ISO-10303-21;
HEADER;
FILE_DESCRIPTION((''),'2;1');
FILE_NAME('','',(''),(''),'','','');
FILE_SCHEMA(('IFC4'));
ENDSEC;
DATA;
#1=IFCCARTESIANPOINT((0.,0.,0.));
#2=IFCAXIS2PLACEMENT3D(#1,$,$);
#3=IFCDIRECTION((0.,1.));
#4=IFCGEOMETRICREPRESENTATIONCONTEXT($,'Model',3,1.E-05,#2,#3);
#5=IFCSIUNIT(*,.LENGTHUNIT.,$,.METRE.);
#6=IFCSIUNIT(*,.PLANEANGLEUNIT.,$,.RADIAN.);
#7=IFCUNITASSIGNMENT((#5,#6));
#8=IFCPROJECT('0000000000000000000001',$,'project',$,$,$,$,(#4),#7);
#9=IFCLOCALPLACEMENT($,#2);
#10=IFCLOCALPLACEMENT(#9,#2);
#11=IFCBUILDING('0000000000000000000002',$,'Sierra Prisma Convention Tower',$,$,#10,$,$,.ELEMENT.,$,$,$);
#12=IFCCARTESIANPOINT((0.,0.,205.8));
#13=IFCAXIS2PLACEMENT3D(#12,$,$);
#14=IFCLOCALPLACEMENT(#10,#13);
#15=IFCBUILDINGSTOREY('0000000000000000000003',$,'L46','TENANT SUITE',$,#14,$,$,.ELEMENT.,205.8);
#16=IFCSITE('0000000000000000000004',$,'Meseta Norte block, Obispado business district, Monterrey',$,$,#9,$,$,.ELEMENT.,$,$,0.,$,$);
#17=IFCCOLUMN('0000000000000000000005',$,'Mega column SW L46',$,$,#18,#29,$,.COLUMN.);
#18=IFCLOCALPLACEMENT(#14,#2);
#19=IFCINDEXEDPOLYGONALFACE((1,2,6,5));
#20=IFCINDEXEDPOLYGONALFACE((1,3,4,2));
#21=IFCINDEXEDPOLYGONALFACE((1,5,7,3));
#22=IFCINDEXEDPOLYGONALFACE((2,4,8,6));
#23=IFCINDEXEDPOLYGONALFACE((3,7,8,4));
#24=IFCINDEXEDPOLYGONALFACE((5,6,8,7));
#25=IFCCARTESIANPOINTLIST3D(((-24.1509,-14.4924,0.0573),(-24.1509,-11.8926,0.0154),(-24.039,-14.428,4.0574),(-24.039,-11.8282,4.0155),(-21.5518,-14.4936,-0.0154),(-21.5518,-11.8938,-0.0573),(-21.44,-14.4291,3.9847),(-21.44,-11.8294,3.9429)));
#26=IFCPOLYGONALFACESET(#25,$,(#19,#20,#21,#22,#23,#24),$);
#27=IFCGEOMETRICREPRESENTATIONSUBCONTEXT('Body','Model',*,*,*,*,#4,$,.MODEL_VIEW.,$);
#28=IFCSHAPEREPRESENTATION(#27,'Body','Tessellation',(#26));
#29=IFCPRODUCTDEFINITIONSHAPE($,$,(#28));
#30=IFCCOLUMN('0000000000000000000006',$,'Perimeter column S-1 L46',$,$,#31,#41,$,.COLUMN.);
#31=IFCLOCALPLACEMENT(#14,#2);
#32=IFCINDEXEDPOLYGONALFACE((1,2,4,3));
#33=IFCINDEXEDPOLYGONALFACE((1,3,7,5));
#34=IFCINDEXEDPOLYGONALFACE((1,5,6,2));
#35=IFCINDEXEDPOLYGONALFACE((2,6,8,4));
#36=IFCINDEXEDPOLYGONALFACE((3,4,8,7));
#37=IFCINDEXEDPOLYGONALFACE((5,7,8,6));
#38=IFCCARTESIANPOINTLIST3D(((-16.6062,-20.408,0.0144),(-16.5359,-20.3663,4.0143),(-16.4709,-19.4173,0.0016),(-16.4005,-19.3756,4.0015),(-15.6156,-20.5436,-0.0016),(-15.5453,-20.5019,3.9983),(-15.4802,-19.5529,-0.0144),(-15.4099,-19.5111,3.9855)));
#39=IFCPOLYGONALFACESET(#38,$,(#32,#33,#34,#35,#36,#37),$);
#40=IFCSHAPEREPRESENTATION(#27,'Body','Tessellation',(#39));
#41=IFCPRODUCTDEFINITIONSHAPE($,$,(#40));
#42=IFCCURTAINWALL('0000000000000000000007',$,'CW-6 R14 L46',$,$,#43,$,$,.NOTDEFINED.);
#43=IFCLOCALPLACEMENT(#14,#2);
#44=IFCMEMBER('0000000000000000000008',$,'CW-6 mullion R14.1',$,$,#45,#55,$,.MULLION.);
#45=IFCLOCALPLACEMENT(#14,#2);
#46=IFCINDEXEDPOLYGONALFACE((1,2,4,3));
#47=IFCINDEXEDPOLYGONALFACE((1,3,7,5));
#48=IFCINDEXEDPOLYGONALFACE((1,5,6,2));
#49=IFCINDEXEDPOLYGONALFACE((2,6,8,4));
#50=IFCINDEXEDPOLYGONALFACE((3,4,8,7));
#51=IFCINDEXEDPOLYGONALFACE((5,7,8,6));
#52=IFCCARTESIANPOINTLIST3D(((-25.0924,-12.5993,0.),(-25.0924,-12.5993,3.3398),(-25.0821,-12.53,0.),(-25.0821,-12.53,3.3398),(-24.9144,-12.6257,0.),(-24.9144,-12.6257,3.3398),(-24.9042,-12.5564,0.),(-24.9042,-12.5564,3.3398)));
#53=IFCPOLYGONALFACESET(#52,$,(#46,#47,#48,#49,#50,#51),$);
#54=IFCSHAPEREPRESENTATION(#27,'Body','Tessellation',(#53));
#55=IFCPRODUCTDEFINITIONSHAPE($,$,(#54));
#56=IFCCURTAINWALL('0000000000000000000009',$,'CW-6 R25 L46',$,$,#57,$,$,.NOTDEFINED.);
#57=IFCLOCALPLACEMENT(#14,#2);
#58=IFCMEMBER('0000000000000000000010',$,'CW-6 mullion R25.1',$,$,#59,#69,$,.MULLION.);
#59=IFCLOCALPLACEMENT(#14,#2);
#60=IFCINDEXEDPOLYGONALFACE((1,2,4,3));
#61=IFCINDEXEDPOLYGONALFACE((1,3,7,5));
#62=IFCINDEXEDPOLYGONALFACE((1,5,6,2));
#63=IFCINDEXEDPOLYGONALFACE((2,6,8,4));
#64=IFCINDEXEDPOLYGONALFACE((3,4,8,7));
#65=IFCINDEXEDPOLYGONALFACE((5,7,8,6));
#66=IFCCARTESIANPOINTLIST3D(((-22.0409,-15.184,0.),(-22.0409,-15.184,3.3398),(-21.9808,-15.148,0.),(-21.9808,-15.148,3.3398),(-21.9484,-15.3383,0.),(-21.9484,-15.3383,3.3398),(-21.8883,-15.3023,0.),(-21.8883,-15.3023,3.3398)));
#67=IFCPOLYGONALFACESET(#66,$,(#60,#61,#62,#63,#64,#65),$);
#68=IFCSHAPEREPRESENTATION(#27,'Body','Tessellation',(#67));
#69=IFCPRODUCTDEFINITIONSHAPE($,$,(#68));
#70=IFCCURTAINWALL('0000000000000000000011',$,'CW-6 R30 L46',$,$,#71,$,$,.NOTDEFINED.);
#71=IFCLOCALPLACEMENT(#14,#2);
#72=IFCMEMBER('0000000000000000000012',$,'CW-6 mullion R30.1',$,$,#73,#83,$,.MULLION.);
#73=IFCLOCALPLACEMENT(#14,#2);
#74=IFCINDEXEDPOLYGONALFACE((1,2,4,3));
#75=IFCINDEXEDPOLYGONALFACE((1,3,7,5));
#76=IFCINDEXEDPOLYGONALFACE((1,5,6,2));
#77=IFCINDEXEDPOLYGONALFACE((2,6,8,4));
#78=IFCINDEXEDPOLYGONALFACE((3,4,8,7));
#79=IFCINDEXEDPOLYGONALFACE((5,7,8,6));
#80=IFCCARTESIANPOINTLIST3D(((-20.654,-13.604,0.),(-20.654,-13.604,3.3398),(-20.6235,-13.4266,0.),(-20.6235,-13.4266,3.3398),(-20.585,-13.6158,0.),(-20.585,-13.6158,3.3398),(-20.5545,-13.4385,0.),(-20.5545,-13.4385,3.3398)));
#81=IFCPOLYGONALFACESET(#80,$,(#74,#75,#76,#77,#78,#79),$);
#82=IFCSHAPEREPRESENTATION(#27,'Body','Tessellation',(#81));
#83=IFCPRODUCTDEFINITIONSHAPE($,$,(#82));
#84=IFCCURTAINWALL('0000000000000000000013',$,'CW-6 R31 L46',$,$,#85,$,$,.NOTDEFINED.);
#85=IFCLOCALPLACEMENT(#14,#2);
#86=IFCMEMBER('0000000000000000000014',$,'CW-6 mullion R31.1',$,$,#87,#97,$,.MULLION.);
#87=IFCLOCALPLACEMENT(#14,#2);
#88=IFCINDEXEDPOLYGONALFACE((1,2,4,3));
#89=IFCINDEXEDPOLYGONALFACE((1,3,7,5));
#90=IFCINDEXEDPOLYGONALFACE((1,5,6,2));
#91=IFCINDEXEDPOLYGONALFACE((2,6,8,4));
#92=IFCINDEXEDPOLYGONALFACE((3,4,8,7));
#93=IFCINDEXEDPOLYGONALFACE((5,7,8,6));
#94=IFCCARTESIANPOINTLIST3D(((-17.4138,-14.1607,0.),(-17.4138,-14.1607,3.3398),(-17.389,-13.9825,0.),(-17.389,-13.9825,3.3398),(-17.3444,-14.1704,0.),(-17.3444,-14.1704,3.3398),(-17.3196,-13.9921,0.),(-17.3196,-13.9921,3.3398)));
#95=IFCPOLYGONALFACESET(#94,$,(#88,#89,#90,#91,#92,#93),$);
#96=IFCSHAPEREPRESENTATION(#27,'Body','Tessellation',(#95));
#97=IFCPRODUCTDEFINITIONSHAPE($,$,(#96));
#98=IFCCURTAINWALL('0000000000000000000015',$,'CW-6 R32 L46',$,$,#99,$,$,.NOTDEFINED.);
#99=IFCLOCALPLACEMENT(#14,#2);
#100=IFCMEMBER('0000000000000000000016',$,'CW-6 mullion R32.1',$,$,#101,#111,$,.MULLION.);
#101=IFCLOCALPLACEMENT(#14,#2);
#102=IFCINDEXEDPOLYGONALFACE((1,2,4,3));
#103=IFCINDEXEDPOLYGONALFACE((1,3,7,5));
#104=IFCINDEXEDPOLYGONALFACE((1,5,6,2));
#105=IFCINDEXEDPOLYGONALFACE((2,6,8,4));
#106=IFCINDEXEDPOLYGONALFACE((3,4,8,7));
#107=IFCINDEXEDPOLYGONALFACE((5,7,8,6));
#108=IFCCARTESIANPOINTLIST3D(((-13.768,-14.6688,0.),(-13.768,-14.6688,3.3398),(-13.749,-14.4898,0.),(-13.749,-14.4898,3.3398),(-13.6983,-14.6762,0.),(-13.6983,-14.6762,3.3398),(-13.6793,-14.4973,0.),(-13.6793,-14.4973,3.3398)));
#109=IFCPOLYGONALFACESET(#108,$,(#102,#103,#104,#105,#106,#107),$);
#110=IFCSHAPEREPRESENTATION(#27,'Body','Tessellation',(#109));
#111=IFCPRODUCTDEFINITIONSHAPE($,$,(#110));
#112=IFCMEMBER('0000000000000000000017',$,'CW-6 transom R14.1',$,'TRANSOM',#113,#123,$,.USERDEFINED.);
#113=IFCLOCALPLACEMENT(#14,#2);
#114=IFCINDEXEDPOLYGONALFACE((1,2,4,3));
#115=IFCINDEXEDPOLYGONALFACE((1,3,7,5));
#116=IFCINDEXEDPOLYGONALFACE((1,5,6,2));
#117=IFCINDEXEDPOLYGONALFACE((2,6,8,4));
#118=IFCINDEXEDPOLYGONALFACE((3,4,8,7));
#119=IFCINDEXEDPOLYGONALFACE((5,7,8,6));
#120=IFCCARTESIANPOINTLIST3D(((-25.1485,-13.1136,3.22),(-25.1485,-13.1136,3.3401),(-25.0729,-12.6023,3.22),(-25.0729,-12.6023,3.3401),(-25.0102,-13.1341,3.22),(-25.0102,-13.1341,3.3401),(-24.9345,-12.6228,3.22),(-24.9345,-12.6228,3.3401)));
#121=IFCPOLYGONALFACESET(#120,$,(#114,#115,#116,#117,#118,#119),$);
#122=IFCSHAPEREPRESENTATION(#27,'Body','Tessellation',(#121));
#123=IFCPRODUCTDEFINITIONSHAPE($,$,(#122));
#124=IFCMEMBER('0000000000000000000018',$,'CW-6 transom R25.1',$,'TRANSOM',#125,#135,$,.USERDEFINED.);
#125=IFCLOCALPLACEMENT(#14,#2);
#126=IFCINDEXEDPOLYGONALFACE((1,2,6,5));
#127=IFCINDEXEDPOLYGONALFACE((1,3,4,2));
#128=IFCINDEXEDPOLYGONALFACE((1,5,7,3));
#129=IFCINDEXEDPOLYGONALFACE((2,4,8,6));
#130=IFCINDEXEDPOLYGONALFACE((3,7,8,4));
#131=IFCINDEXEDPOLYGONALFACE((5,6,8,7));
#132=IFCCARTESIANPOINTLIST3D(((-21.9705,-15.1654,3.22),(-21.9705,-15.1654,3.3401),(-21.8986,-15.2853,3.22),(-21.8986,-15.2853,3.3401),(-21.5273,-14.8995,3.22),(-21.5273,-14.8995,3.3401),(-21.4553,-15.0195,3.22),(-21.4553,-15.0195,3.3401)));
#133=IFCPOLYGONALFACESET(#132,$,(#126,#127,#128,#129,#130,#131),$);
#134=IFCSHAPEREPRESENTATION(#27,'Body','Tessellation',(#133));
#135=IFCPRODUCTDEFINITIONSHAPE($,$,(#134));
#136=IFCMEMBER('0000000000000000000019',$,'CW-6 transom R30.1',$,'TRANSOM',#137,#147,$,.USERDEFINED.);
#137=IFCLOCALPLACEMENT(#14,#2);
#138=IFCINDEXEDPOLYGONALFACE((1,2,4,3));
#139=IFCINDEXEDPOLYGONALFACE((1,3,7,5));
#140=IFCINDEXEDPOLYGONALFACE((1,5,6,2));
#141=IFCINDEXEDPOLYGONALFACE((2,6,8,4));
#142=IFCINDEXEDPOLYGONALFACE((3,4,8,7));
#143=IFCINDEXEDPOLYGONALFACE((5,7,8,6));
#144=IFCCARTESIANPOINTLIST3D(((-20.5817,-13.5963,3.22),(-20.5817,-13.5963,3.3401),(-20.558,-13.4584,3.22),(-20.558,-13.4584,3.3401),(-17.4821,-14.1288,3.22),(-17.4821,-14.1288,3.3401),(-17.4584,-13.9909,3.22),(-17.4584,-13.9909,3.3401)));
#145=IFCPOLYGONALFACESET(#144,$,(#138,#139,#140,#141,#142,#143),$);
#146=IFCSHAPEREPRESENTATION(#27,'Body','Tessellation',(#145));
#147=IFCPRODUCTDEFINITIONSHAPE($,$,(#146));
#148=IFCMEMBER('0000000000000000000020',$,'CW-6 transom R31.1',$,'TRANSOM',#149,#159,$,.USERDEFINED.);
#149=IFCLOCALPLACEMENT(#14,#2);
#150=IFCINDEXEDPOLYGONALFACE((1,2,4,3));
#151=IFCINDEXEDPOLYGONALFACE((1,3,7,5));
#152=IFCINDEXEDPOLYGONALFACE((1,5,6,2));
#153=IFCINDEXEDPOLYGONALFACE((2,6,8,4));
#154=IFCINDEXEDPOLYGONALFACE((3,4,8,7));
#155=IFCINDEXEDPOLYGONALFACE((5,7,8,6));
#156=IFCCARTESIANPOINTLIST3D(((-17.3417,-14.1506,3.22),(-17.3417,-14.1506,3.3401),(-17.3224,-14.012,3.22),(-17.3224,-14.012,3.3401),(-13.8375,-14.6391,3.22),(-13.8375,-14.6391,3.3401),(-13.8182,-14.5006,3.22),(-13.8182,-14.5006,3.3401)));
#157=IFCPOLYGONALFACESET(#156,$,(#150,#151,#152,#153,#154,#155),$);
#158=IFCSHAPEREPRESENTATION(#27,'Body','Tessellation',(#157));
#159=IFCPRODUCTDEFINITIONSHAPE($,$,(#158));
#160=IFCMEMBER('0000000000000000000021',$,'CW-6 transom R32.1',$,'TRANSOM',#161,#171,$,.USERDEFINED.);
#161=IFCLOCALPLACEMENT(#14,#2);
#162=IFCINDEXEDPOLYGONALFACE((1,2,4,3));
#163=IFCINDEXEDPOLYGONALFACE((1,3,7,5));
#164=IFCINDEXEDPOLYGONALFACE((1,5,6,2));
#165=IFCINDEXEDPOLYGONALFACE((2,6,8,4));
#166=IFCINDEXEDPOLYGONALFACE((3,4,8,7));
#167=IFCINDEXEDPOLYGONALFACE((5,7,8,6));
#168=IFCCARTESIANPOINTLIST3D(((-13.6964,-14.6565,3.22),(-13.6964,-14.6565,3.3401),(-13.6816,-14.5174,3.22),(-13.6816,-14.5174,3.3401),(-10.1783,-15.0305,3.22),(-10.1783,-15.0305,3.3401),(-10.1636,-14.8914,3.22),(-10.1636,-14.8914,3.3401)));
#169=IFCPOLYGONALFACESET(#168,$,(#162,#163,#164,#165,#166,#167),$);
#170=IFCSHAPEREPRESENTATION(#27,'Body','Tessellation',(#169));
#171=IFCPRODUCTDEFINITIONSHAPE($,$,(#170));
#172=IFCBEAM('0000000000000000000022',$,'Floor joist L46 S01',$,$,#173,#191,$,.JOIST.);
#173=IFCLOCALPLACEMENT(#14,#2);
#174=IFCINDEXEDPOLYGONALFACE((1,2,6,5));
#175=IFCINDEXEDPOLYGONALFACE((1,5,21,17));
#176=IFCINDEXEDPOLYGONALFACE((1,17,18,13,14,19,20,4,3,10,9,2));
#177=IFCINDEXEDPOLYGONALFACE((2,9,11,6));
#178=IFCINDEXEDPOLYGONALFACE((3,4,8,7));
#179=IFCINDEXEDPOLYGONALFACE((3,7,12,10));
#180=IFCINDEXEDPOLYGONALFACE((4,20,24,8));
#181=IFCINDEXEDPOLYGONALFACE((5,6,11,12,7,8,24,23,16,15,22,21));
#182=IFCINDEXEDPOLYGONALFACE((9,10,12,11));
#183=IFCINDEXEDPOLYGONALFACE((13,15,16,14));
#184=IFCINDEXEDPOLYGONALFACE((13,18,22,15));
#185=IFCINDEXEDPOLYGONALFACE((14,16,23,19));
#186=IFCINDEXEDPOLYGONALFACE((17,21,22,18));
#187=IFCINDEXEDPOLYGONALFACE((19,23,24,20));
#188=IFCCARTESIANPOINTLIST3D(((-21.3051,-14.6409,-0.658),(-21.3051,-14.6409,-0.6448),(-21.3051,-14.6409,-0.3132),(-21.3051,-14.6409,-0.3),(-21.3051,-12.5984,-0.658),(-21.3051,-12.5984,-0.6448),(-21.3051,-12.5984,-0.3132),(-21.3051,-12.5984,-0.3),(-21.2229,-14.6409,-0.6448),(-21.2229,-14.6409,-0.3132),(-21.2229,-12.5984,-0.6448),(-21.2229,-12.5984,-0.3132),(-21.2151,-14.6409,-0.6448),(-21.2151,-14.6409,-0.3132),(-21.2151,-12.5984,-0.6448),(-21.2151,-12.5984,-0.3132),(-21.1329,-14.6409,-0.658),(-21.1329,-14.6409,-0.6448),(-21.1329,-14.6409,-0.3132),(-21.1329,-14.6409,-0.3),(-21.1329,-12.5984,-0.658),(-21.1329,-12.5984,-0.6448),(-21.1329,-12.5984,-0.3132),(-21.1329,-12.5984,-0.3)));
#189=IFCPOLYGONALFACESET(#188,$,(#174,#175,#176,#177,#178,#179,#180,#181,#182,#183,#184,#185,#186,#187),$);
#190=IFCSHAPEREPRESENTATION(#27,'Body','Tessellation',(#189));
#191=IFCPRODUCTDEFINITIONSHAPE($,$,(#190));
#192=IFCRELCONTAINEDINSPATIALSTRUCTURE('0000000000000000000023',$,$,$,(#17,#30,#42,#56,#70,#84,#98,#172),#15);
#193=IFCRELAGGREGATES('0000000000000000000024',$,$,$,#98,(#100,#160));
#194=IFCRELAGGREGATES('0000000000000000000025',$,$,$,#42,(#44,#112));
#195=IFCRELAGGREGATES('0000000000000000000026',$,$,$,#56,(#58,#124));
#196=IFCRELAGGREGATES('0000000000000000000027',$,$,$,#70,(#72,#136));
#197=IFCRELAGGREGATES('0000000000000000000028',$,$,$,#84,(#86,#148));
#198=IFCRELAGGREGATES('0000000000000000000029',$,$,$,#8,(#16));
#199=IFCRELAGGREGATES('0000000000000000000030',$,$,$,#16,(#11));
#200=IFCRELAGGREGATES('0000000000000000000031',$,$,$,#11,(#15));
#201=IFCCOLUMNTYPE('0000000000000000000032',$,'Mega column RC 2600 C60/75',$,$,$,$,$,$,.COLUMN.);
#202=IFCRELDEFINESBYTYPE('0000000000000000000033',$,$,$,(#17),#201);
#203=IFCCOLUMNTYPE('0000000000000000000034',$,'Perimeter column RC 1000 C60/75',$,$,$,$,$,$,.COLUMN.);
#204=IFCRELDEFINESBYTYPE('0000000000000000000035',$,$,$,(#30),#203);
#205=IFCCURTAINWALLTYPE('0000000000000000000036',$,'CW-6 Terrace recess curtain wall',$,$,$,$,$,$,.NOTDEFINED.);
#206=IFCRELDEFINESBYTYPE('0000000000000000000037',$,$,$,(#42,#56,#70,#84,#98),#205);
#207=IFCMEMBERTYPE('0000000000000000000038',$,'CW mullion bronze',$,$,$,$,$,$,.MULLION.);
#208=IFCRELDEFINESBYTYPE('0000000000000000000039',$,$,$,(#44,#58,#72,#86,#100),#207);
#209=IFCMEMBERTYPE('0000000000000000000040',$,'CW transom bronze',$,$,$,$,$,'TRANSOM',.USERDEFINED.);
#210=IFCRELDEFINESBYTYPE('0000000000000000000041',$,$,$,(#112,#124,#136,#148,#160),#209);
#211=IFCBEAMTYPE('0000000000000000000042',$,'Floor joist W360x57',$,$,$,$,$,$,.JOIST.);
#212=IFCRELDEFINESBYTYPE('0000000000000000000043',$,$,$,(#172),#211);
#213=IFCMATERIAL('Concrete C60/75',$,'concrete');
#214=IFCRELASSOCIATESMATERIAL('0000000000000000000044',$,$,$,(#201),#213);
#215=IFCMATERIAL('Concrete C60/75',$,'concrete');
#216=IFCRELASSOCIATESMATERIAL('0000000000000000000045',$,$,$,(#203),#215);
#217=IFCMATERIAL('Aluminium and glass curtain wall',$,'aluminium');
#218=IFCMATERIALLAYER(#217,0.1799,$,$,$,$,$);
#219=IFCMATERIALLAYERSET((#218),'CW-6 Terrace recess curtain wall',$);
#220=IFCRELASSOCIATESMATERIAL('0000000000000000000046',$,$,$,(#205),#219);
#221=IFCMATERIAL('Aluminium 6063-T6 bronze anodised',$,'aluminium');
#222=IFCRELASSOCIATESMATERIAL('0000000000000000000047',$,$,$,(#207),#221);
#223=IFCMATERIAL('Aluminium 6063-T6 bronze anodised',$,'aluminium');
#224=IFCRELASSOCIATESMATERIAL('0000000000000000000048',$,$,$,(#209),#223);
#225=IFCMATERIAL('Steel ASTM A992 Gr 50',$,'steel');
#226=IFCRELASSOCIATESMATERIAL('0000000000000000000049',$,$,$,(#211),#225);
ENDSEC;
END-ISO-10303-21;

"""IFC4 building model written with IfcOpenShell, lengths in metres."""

from ifc_helpers import new_model, si_unit, direction, frame, origin, origin_2d, place, context, subcontext, project, spatial, rectangle, i_section, extrude, material, layer, layer_set, material_profile, profile_set, type_object, element, aggregate, save


model = new_model("IFC4")

# Units and contexts
model_context = context("Model", 3, precision=1e-05, world=origin(), true_north=direction((0.0, 1.0)))
body_context = subcontext(model_context, "Body", "Model", "MODEL_VIEW")
ifc_project = project(units=[si_unit("LENGTHUNIT", "METRE"), si_unit("PLANEANGLEUNIT", "RADIAN")], contexts=[model_context])

# Site, building, storey
site_placement = place(None, origin())
site = spatial("IfcSite", under=ifc_project, at=site_placement, Name="Meseta Norte block, Obispado business district, Monterrey", CompositionType="ELEMENT", RefElevation=0.0)
building_placement = place(site_placement, origin())
building = spatial("IfcBuilding", under=site, at=building_placement, Name="Sierra Prisma Convention Tower", CompositionType="ELEMENT")
storey_placement = place(building_placement, frame((0.0, 0.0, 205.8)))
storey = spatial("IfcBuildingStorey", under=building, at=storey_placement, Name="L46", Description="TENANT SUITE", CompositionType="ELEMENT", Elevation=205.8)

# Columns
ifc_material_1 = material(Name="Concrete C60/75", Category="concrete")
ifc_material_profile_1 = material_profile(ifc_material_1, rectangle(XDim=2.6001, YDim=2.6001, at=origin_2d()), Name="Mega column RC 2600 C60/75")
ifc_profile_set_1 = profile_set([ifc_material_profile_1], Name="Concrete C60/75")
column_type_1 = type_object("IfcColumnType", Name="Mega column RC 2600 C60/75", PredefinedType="COLUMN", material=ifc_profile_set_1)
column_1_placement = place(storey_placement, frame((-22.8513, -13.1931, 0.0), z_axis=(0.02794, 0.016105, 0.99948), x_axis=(0.99961, -0.00045, -0.027936)))
element("IfcColumn", 1, at=column_1_placement, inside=storey, type_object=column_type_1, Name="Mega column SW L46", PredefinedType="COLUMN", context=body_context, shape_type="SweptSolid", body=[
    extrude(rectangle(XDim=2.6001, YDim=2.6001, at=origin_2d()), origin(), (0.0, 0.0, 1.0), 4.0022),
])
ifc_material_2 = material(Name="Concrete C60/75", Category="concrete")
ifc_material_profile_2 = material_profile(ifc_material_2, rectangle(XDim=1.0, YDim=1.0, at=origin_2d()), Name="Perimeter column RC 1000 C60/75")
ifc_profile_set_2 = profile_set([ifc_material_profile_2], Name="Concrete C60/75")
column_type_2 = type_object("IfcColumnType", Name="Perimeter column RC 1000 C60/75", PredefinedType="COLUMN", material=ifc_profile_set_2)
column_2_placement = place(storey_placement, frame((-16.0432, -19.9805, 0.0), z_axis=(0.017574, 0.010435, 0.999791), x_axis=(-0.990641, 0.135554, 0.015999)))
element("IfcColumn", 2, at=column_2_placement, inside=storey, type_object=column_type_2, Name="Perimeter column S-1 L46", PredefinedType="COLUMN", context=body_context, shape_type="SweptSolid", body=[
    extrude(rectangle(XDim=1.0, YDim=1.0, at=origin_2d()), origin(), (0.0, 0.0, 1.0), 4.0007),
])

# Curtain walls, members
ifc_material_3 = material(Name="Aluminium and glass curtain wall", Category="aluminium")
ifc_layer_1 = layer(ifc_material_3, 0.1799)
ifc_layer_set_1 = layer_set([ifc_layer_1], Name="CW-6 Terrace recess curtain wall")
curtain_wall_type = type_object("IfcCurtainWallType", Name="CW-6 Terrace recess curtain wall", PredefinedType="NOTDEFINED", material=ifc_layer_set_1)
curtain_wall_1_placement = place(storey_placement, origin())
curtain_wall_1 = element("IfcCurtainWall", 3, at=curtain_wall_1_placement, inside=storey, type_object=curtain_wall_type, Name="CW-6 R14 L46", PredefinedType="NOTDEFINED")
ifc_material_4 = material(Name="Aluminium 6063-T6 bronze anodised", Category="aluminium")
ifc_material_profile_3 = material_profile(ifc_material_4, rectangle(XDim=0.1799, YDim=0.0701, at=origin_2d()), Name="ALU MULLION 70x180")
ifc_profile_set_3 = profile_set([ifc_material_profile_3], Name="Aluminium 6063-T6 bronze anodised")
member_type_1 = type_object("IfcMemberType", Name="CW mullion bronze", PredefinedType="MULLION", material=ifc_profile_set_3)
member_1_placement = place(storey_placement, frame((-24.9983, -12.5779, 0.0), z_axis=(0.0, 0.0, 1.0), x_axis=(0.989177, -0.14673, 0.0)))
member_1 = element("IfcMember", 4, at=member_1_placement, type_object=member_type_1, Name="CW-6 mullion R14.1", PredefinedType="MULLION", context=body_context, shape_type="SweptSolid", body=[
    extrude(rectangle(XDim=0.1799, YDim=0.0701, at=origin_2d()), origin(), (0.0, 0.0, 1.0), 3.3398),
])
curtain_wall_2_placement = place(storey_placement, origin())
curtain_wall_2 = element("IfcCurtainWall", 5, at=curtain_wall_2_placement, inside=storey, type_object=curtain_wall_type, Name="CW-6 R25 L46", PredefinedType="NOTDEFINED")
member_2_placement = place(storey_placement, frame((-21.9646, -15.2432, 0.0), z_axis=(0.0, 0.0, 1.0), x_axis=(-0.514103, 0.857729, 0.0)))
member_2 = element("IfcMember", 6, at=member_2_placement, type_object=member_type_1, Name="CW-6 mullion R25.1", PredefinedType="MULLION", context=body_context, shape_type="SweptSolid", body=[
    extrude(rectangle(XDim=0.1799, YDim=0.0701, at=origin_2d()), origin(), (0.0, 0.0, 1.0), 3.3398),
])
curtain_wall_3_placement = place(storey_placement, origin())
curtain_wall_3 = element("IfcCurtainWall", 7, at=curtain_wall_3_placement, inside=storey, type_object=curtain_wall_type, Name="CW-6 R30 L46", PredefinedType="NOTDEFINED")
member_3_placement = place(storey_placement, frame((-20.6042, -13.5212, 0.0), z_axis=(0.0, 0.0, 1.0), x_axis=(0.169311, 0.985563, 0.0)))
member_3 = element("IfcMember", 8, at=member_3_placement, type_object=member_type_1, Name="CW-6 mullion R30.1", PredefinedType="MULLION", context=body_context, shape_type="SweptSolid", body=[
    extrude(rectangle(XDim=0.1799, YDim=0.0701, at=origin_2d()), origin(), (0.0, 0.0, 1.0), 3.3398),
])
curtain_wall_4_placement = place(storey_placement, origin())
curtain_wall_4 = element("IfcCurtainWall", 9, at=curtain_wall_4_placement, inside=storey, type_object=curtain_wall_type, Name="CW-6 R31 L46", PredefinedType="NOTDEFINED")
member_4_placement = place(storey_placement, frame((-17.3667, -14.0764, 0.0), z_axis=(0.0, 0.0, 1.0), x_axis=(0.138071, 0.990422, 0.0)))
member_4 = element("IfcMember", 10, at=member_4_placement, type_object=member_type_1, Name="CW-6 mullion R31.1", PredefinedType="MULLION", context=body_context, shape_type="SweptSolid", body=[
    extrude(rectangle(XDim=0.1799, YDim=0.0701, at=origin_2d()), origin(), (0.0, 0.0, 1.0), 3.3398),
])
curtain_wall_5_placement = place(storey_placement, origin())
curtain_wall_5 = element("IfcCurtainWall", 11, at=curtain_wall_5_placement, inside=storey, type_object=curtain_wall_type, Name="CW-6 R32 L46", PredefinedType="NOTDEFINED")
member_5_placement = place(storey_placement, frame((-13.7236, -14.583, 0.0), z_axis=(0.0, 0.0, 1.0), x_axis=(0.105724, 0.994395, 0.0)))
member_5 = element("IfcMember", 12, at=member_5_placement, type_object=member_type_1, Name="CW-6 mullion R32.1", PredefinedType="MULLION", context=body_context, shape_type="SweptSolid", body=[
    extrude(rectangle(XDim=0.1799, YDim=0.0701, at=origin_2d()), origin(), (0.0, 0.0, 1.0), 3.3398),
])

# Members
ifc_material_5 = material(Name="Aluminium 6063-T6 bronze anodised", Category="aluminium")
ifc_material_profile_4 = material_profile(ifc_material_5, rectangle(XDim=0.1399, YDim=0.1201, at=origin_2d()), Name="ALU TRANSOM 120x140")
ifc_profile_set_4 = profile_set([ifc_material_profile_4], Name="Aluminium 6063-T6 bronze anodised")
member_type_2 = type_object("IfcMemberType", Name="CW transom bronze", ElementType="TRANSOM", PredefinedType="USERDEFINED", material=ifc_profile_set_4)
member_6_placement = place(storey_placement, frame((-25.0037, -12.6125, 3.28), z_axis=(-0.146446, -0.989219, 0.0), x_axis=(0.989219, -0.146446, 0.0)))
member_6 = element("IfcMember", 13, at=member_6_placement, type_object=member_type_2, Name="CW-6 transom R14.1", ObjectType="TRANSOM", PredefinedType="USERDEFINED", context=body_context, shape_type="SweptSolid", body=[
    extrude(rectangle(XDim=0.1399, YDim=0.1201, at=origin_2d()), origin(), (0.0, 0.0, 1.0), 0.5168),
])
member_7_placement = place(storey_placement, frame((-21.9346, -15.2253, 3.28), z_axis=(0.857618, 0.514287, 0.0), x_axis=(-0.514287, 0.857618, 0.0)))
member_7 = element("IfcMember", 14, at=member_7_placement, type_object=member_type_2, Name="CW-6 transom R25.1", ObjectType="TRANSOM", PredefinedType="USERDEFINED", context=body_context, shape_type="SweptSolid", body=[
    extrude(rectangle(XDim=0.1399, YDim=0.1201, at=origin_2d()), origin(), (0.0, 0.0, 1.0), 0.5168),
])
member_8_placement = place(storey_placement, frame((-20.5698, -13.5273, 3.28), z_axis=(0.985563, -0.169306, 0.0), x_axis=(0.169306, 0.985563, 0.0)))
member_8 = element("IfcMember", 15, at=member_8_placement, type_object=member_type_2, Name="CW-6 transom R30.1", ObjectType="TRANSOM", PredefinedType="USERDEFINED", context=body_context, shape_type="SweptSolid", body=[
    extrude(rectangle(XDim=0.1399, YDim=0.1201, at=origin_2d()), origin(), (0.0, 0.0, 1.0), 3.145),
])
member_9_placement = place(storey_placement, frame((-17.332, -14.0813, 3.28), z_axis=(0.990421, -0.138078, 0.0), x_axis=(0.138078, 0.990421, 0.0)))
member_9 = element("IfcMember", 16, at=member_9_placement, type_object=member_type_2, Name="CW-6 transom R31.1", ObjectType="TRANSOM", PredefinedType="USERDEFINED", context=body_context, shape_type="SweptSolid", body=[
    extrude(rectangle(XDim=0.1399, YDim=0.1201, at=origin_2d()), origin(), (0.0, 0.0, 1.0), 3.5381),
])
member_10_placement = place(storey_placement, frame((-13.689, -14.5869, 3.28), z_axis=(0.994396, -0.105719, 0.0), x_axis=(0.105719, 0.994396, 0.0)))
member_10 = element("IfcMember", 17, at=member_10_placement, type_object=member_type_2, Name="CW-6 transom R32.1", ObjectType="TRANSOM", PredefinedType="USERDEFINED", context=body_context, shape_type="SweptSolid", body=[
    extrude(rectangle(XDim=0.1399, YDim=0.1201, at=origin_2d()), origin(), (0.0, 0.0, 1.0), 3.5378),
])
aggregate(curtain_wall_5, [member_5, member_10])

# Beam
ifc_material_6 = material(Name="Steel ASTM A992 Gr 50", Category="steel")
ifc_material_profile_5 = material_profile(ifc_material_6, i_section(OverallWidth=0.1721, OverallDepth=0.3579, WebThickness=0.0078, FlangeThickness=0.0132, at=origin_2d()), Name="W360x57")
ifc_profile_set_5 = profile_set([ifc_material_profile_5], Name="Steel ASTM A992 Gr 50")
beam_type_1 = type_object("IfcBeamType", Name="Floor joist W360x57", PredefinedType="JOIST", material=ifc_profile_set_5)
beam_1_placement = place(storey_placement, frame((-21.219, -14.6409, -0.479), z_axis=(0.0, 1.0, 0.0), x_axis=(-1.0, 0.0, 0.0)))
element("IfcBeam", 18, at=beam_1_placement, inside=storey, type_object=beam_type_1, Name="Floor joist L46 S01", PredefinedType="JOIST", context=body_context, shape_type="SweptSolid", body=[
    extrude(i_section(OverallWidth=0.1721, OverallDepth=0.3579, WebThickness=0.0078, FlangeThickness=0.0132, at=origin_2d()), origin(), (0.0, 0.0, 1.0), 2.0425),
])

aggregate(curtain_wall_1, [member_1, member_6])
aggregate(curtain_wall_2, [member_2, member_7])
aggregate(curtain_wall_3, [member_3, member_8])
aggregate(curtain_wall_4, [member_4, member_9])

save(model, "model.ifc")
